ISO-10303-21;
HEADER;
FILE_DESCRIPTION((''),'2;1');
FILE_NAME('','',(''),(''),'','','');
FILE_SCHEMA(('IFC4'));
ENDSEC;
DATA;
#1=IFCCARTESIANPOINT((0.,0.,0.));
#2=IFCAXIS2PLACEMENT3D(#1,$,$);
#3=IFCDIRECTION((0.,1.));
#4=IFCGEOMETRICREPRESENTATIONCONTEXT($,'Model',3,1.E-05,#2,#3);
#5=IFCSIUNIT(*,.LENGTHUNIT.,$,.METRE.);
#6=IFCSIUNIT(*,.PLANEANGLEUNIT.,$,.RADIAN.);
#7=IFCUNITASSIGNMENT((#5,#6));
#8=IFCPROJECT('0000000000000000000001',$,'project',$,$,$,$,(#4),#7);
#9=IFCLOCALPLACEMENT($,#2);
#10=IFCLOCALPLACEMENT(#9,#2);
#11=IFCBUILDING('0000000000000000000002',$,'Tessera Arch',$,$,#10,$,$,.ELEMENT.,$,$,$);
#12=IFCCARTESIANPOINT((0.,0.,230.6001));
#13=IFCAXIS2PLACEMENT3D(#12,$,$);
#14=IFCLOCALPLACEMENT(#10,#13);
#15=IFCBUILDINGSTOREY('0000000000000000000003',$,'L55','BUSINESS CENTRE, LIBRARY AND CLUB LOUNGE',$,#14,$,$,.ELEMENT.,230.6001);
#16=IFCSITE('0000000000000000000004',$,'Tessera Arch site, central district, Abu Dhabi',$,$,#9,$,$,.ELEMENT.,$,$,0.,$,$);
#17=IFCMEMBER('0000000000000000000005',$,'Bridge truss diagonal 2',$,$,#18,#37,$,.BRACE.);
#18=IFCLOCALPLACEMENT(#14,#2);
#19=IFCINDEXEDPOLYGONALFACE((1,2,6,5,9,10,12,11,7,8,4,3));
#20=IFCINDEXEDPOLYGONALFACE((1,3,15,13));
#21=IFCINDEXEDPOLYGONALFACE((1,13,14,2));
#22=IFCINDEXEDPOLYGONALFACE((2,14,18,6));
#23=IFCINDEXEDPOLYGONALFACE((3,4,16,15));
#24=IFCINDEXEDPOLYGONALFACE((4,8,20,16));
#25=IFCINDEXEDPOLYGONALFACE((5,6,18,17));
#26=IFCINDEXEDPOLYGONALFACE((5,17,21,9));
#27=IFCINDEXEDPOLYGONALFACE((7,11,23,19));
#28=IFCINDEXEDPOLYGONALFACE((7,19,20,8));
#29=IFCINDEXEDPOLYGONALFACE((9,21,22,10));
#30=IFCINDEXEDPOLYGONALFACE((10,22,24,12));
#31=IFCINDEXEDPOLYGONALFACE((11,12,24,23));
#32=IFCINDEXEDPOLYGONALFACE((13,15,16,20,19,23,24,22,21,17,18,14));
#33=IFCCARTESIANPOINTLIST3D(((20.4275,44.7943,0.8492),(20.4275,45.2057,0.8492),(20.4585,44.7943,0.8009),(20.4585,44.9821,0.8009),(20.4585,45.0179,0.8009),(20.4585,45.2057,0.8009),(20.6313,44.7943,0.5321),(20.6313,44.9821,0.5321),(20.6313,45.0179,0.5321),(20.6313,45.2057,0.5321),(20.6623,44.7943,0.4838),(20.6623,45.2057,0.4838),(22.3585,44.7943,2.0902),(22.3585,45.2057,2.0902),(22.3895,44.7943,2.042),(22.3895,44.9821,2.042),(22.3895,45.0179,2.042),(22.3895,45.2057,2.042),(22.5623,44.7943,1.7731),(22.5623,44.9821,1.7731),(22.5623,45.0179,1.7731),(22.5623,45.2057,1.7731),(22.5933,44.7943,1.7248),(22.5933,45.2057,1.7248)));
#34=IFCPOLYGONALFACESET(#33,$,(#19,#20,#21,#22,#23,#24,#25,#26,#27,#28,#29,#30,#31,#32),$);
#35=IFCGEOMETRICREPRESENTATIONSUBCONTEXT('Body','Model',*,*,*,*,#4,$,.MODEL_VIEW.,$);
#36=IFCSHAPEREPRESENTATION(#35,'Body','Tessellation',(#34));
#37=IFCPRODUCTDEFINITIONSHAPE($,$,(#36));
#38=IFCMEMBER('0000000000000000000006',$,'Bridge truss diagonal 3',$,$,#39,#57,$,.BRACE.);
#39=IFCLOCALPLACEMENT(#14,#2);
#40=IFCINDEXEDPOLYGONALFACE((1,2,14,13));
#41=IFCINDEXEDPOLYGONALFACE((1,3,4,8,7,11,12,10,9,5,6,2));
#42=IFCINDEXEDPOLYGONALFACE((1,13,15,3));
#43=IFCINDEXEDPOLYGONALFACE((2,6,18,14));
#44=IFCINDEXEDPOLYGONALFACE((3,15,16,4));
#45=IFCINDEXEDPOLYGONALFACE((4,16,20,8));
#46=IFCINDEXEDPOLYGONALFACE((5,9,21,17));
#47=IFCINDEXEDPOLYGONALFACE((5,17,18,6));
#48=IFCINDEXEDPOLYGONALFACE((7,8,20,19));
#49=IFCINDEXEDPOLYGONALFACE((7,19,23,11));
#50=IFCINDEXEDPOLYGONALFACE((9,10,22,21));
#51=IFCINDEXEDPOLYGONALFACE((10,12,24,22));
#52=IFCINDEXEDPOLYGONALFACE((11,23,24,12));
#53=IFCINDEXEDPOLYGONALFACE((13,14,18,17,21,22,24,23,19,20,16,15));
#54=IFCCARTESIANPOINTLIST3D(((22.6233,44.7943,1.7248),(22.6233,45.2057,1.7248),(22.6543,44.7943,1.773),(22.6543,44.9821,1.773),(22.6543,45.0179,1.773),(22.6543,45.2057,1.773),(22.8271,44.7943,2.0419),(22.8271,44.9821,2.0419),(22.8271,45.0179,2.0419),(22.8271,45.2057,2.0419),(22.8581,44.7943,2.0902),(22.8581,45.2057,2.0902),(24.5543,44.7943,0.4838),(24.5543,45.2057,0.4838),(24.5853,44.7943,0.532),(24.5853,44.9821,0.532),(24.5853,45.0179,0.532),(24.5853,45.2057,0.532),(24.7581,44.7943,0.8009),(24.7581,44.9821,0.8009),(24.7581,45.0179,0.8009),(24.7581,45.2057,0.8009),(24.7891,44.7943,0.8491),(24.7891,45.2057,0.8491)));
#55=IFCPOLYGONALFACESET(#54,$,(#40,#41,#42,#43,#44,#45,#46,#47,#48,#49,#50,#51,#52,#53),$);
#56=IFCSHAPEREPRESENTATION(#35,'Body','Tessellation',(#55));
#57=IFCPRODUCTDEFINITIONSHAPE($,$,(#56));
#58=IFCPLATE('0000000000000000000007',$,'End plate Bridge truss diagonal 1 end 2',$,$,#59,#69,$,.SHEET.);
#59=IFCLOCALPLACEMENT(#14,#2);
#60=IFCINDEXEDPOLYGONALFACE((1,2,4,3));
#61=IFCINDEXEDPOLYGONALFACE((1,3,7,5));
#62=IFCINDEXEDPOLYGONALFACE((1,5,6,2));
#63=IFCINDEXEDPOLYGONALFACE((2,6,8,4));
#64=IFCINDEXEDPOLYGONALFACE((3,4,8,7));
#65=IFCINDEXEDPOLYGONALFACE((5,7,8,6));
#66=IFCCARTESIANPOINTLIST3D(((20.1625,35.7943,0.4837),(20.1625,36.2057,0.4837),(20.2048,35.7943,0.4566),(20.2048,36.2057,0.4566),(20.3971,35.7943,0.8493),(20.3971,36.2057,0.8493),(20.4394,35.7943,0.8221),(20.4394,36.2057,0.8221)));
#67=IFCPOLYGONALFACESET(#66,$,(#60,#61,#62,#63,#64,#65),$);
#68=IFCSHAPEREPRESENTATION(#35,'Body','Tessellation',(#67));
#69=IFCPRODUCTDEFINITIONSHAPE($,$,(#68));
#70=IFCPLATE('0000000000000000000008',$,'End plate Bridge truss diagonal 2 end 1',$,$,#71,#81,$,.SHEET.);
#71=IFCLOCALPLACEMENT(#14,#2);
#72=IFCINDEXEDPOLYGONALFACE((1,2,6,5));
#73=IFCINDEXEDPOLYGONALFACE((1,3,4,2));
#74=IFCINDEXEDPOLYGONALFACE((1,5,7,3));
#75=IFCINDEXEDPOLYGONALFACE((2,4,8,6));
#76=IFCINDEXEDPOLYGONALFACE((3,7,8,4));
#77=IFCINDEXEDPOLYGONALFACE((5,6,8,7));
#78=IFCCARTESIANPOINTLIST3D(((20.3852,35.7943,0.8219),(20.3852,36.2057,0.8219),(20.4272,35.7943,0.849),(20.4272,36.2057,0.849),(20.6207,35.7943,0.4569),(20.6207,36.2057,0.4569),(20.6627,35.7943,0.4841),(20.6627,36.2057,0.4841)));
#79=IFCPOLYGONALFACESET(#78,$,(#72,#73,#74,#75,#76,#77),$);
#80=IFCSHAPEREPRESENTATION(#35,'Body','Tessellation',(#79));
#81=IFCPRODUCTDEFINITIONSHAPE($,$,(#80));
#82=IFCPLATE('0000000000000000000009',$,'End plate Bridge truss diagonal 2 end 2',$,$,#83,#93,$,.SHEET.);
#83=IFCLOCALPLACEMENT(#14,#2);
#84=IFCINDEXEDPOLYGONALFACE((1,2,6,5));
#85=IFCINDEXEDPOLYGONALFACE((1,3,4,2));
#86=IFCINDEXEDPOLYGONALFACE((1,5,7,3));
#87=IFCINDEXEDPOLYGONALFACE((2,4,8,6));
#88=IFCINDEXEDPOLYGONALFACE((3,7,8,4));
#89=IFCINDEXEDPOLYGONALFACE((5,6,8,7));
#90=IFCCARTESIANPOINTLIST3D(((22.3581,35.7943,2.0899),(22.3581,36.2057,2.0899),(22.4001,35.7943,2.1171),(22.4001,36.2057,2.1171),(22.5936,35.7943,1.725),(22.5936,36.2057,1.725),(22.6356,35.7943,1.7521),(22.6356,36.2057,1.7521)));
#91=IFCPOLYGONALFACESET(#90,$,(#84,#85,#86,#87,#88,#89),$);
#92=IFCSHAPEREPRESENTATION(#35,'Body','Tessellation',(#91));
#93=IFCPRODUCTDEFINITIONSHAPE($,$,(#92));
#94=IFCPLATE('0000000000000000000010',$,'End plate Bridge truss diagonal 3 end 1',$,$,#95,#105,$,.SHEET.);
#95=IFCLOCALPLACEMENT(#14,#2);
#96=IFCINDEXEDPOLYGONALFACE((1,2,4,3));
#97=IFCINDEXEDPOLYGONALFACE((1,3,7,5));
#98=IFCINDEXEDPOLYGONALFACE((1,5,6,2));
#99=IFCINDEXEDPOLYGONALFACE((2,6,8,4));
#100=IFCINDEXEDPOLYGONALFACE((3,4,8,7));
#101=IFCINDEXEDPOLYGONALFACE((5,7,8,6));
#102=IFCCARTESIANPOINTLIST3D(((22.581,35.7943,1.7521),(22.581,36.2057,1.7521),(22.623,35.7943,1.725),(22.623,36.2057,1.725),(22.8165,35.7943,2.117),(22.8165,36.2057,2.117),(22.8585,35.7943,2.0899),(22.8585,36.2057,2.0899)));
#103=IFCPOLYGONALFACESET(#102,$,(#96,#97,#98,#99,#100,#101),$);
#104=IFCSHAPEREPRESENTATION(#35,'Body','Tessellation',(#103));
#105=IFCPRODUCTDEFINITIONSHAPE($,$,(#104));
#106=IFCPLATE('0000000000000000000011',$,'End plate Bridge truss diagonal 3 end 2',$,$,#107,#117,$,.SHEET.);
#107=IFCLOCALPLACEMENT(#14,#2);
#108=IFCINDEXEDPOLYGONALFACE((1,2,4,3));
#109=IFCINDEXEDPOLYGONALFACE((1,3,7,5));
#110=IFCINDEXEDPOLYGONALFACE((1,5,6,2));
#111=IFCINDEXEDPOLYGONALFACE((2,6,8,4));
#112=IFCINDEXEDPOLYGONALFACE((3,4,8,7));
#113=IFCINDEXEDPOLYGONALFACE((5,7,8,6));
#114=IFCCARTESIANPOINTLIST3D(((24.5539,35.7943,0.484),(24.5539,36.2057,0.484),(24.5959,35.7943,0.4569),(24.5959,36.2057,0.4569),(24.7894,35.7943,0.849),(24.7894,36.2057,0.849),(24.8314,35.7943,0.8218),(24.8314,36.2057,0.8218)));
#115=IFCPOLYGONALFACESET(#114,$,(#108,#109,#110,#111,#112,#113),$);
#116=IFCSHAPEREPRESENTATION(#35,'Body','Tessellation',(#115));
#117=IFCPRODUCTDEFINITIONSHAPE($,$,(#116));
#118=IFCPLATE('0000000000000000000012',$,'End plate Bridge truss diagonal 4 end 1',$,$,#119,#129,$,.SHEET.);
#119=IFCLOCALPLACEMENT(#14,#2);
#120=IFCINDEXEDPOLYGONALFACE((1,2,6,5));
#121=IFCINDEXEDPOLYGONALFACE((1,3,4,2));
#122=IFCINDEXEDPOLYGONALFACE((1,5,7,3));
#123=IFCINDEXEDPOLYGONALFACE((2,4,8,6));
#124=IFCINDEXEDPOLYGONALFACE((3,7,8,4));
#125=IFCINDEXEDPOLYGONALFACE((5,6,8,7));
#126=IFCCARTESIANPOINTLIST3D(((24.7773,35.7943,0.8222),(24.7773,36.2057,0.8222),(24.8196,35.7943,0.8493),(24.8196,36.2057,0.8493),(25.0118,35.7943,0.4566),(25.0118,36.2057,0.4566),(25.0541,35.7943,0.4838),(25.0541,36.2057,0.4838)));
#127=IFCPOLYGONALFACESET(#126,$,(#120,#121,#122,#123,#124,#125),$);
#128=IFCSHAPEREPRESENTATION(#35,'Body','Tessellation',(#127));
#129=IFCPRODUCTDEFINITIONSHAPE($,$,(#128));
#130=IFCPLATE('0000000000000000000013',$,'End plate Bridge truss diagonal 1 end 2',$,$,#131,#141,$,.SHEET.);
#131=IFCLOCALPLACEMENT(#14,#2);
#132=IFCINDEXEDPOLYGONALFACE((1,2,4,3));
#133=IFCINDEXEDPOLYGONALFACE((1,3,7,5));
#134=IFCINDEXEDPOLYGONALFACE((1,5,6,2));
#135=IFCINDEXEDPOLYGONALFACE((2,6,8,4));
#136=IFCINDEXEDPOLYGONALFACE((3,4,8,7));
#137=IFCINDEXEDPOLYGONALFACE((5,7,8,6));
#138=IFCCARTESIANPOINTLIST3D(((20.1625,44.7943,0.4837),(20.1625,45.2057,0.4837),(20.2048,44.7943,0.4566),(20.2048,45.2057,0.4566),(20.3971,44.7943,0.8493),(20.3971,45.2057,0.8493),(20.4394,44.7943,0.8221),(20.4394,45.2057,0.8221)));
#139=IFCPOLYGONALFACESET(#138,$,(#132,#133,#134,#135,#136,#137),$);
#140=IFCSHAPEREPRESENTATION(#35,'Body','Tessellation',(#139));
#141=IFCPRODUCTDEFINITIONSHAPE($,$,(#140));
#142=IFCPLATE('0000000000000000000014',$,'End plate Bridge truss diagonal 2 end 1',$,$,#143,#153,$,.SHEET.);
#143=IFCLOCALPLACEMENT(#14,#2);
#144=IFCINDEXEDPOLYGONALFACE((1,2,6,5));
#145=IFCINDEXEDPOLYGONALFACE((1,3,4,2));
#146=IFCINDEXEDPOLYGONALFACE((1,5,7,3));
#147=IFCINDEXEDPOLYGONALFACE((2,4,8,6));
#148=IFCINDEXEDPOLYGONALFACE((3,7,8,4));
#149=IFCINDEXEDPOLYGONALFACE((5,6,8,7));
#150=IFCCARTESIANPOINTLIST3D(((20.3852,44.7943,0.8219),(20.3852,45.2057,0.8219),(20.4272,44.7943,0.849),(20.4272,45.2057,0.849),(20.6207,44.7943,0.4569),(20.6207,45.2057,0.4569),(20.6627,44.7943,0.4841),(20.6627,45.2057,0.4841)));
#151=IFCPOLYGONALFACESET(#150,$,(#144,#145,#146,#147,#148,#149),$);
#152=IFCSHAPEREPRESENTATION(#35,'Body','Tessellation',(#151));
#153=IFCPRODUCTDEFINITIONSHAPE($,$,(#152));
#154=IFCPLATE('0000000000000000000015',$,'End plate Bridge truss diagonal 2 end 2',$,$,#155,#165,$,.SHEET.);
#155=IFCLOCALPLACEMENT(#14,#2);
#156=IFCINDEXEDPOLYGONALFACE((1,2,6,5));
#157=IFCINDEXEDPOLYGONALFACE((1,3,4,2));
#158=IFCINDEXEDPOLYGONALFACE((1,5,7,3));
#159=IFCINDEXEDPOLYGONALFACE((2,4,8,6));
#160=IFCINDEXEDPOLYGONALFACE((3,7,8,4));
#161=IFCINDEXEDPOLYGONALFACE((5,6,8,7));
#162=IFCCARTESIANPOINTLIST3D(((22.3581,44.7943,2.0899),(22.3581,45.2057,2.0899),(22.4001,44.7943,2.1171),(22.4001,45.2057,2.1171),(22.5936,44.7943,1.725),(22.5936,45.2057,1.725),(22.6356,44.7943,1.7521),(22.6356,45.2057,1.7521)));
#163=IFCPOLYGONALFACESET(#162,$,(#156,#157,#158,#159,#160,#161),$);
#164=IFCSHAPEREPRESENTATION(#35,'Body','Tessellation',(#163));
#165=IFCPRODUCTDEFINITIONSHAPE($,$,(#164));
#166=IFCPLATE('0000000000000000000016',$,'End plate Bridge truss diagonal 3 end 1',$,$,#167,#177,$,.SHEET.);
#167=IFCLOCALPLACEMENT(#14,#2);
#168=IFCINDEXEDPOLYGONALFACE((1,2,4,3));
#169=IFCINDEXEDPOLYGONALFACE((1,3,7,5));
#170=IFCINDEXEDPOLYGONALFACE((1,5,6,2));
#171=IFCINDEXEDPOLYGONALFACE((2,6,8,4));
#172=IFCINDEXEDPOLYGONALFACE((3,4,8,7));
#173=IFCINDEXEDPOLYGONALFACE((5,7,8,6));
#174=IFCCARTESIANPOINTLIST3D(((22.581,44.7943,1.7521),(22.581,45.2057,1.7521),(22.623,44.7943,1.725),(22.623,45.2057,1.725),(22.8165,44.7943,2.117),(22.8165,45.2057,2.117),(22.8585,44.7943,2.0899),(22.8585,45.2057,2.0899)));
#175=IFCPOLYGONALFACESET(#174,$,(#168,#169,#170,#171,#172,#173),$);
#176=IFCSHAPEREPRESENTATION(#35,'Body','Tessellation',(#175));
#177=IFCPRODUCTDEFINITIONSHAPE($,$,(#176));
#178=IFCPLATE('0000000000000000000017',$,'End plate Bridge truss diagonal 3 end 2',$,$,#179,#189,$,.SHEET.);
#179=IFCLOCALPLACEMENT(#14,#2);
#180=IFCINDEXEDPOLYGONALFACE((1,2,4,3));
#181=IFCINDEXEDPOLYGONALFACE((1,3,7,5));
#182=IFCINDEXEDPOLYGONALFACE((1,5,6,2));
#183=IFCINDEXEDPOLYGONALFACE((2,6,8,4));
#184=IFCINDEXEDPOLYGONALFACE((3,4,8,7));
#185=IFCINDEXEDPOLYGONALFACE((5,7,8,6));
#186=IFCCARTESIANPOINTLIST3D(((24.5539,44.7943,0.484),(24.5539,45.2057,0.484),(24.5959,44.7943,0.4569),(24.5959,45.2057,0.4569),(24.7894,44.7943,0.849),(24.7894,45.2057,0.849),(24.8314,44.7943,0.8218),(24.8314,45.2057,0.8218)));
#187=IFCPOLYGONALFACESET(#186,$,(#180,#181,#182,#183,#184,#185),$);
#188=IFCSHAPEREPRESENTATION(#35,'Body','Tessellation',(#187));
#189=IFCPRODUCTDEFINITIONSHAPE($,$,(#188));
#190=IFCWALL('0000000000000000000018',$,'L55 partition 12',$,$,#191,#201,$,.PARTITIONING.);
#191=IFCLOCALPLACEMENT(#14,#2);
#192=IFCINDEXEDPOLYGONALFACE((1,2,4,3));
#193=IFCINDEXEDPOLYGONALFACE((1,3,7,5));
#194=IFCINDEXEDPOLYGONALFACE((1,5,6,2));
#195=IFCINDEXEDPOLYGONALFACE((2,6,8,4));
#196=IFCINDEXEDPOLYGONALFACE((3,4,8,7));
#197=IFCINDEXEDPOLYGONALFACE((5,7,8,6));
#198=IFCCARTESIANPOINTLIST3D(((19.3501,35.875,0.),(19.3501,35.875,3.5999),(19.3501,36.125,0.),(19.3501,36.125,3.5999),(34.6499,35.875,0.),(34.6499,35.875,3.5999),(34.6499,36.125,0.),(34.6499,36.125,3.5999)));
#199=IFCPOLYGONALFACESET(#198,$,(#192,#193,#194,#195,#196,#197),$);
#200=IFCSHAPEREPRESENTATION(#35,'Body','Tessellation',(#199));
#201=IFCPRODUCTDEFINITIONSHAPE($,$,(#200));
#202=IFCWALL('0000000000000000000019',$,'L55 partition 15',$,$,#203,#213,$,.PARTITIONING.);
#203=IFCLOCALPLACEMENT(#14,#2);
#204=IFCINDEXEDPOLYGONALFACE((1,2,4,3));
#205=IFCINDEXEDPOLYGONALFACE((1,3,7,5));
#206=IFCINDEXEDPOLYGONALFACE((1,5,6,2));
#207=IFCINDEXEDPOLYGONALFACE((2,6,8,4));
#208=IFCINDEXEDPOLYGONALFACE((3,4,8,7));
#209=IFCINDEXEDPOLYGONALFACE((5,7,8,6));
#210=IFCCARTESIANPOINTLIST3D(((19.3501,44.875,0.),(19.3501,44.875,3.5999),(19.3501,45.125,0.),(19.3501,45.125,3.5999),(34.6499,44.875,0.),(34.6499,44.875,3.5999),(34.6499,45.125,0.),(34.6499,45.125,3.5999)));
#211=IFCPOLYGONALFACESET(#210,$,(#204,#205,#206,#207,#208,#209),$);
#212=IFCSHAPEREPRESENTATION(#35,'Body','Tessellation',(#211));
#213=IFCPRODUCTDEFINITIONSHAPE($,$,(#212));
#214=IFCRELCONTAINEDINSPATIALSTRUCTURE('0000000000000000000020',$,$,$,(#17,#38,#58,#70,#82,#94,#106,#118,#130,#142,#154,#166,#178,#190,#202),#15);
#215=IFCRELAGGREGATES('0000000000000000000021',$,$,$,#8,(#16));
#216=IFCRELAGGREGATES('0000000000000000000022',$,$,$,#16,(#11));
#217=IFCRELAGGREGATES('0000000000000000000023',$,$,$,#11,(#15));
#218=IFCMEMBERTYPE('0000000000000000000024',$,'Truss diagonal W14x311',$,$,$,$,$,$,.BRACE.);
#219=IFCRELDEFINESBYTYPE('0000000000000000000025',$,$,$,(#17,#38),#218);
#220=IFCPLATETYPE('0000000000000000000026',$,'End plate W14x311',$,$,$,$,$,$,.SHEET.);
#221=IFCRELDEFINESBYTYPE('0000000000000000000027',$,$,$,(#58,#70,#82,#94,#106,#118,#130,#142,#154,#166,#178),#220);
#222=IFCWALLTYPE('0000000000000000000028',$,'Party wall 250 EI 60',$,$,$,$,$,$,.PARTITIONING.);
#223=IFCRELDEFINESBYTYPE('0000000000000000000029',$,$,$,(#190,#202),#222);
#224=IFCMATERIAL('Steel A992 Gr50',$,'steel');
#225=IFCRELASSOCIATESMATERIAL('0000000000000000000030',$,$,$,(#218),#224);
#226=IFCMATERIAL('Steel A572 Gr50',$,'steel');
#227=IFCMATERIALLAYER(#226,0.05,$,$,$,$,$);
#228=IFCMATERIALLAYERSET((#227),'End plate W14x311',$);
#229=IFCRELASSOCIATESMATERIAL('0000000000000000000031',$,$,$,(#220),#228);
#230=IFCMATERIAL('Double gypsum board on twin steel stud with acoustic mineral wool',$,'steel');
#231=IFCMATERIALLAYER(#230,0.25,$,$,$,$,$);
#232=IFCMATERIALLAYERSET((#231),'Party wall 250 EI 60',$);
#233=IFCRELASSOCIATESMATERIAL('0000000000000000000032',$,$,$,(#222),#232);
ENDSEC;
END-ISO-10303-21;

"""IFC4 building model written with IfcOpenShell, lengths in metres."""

from ifc_helpers import new_model, si_unit, direction, frame, frame_2d, origin, origin_2d, place, context, subcontext, project, spatial, rectangle, i_section, extrude, material, layer, layer_set, material_profile, profile_set, type_object, element, save


model = new_model("IFC4")

# Units and contexts
model_context = context("Model", 3, precision=1e-05, world=origin(), true_north=direction((0.0, 1.0)))
body_context = subcontext(model_context, "Body", "Model", "MODEL_VIEW")
ifc_project = project(units=[si_unit("LENGTHUNIT", "METRE"), si_unit("PLANEANGLEUNIT", "RADIAN")], contexts=[model_context])

# Site, building, storey
site_placement = place(None, origin())
site = spatial("IfcSite", under=ifc_project, at=site_placement, Name="Tessera Arch site, central district, Abu Dhabi", CompositionType="ELEMENT", RefElevation=0.0)
building_placement = place(site_placement, origin())
building = spatial("IfcBuilding", under=site, at=building_placement, Name="Tessera Arch", CompositionType="ELEMENT")
storey_placement = place(building_placement, frame((0.0, 0.0, 230.6001)))
storey = spatial("IfcBuildingStorey", under=building, at=storey_placement, Name="L55", Description="BUSINESS CENTRE, LIBRARY AND CLUB LOUNGE", CompositionType="ELEMENT", Elevation=230.6001)

# Members
ifc_material_1 = material(Name="Steel A992 Gr50", Category="steel")
ifc_material_profile_1 = material_profile(ifc_material_1, i_section(OverallWidth=0.4114, OverallDepth=0.4343, WebThickness=0.0359, FlangeThickness=0.0574, at=origin_2d()), Name="W14x311")
ifc_profile_set_1 = profile_set([ifc_material_profile_1], Name="Steel A992 Gr50")
member_type_1 = type_object("IfcMemberType", Name="Truss diagonal W14x311", PredefinedType="BRACE", material=ifc_profile_set_1)
for number, where, z_axis, x_axis, name in (
    (1, (20.5449, 45.0, 0.6665), (0.841244, 0.0, 0.540655), (0.0, 1.0, 0.0), "Bridge truss diagonal 2"),
    (2, (22.7407, 45.0, 1.9075), (0.841244, 0.0, -0.540655), (0.0, 1.0, 0.0), "Bridge truss diagonal 3"),
):
    element("IfcMember", number, at=place(storey_placement, frame(where, z_axis=z_axis, x_axis=x_axis)), inside=storey, type_object=member_type_1, Name=name, PredefinedType="BRACE", context=body_context, shape_type="SweptSolid", body=[
        extrude(i_section(OverallWidth=0.4114, OverallDepth=0.4343, WebThickness=0.0359, FlangeThickness=0.0574, at=origin_2d()), origin(), (0.0, 0.0, 1.0), 2.2954),
    ])

# Plates
ifc_material_2 = material(Name="Steel A572 Gr50", Category="steel")
ifc_layer_1 = layer(ifc_material_2, 0.05)
ifc_layer_set_1 = layer_set([ifc_layer_1], Name="End plate W14x311")
plate_type = type_object("IfcPlateType", Name="End plate W14x311", PredefinedType="SHEET", material=ifc_layer_set_1)
plate_placement = place(storey_placement, frame((20.2798, 36.0, 0.6665), z_axis=(0.841652, 0.0, -0.54002), x_axis=(0.0, 1.0, 0.0)))
element("IfcPlate", 3, at=plate_placement, inside=storey, type_object=plate_type, Name="End plate Bridge truss diagonal 1 end 2", PredefinedType="SHEET", context=body_context, shape_type="SweptSolid", body=[
    extrude(rectangle(XDim=0.4114, YDim=0.4343, at=origin_2d()), origin(), (0.0, 0.0, 1.0), 0.0503),
])
for number, where, z_axis, x_axis, name in (
    (4, (20.5029, 36.0, 0.6394), (0.840225, 0.0, 0.542238), (0.0, 1.0, 0.0), "End plate Bridge truss diagonal 2 end 1"),
    (5, (22.4758, 36.0, 1.9075), (0.840225, 0.0, 0.542238), (0.0, 1.0, 0.0), "End plate Bridge truss diagonal 2 end 2"),
    (6, (22.6987, 36.0, 1.9346), (0.840225, 0.0, -0.542238), (0.0, 1.0, 0.0), "End plate Bridge truss diagonal 3 end 1"),
    (7, (24.6716, 36.0, 0.6665), (0.840225, 0.0, -0.542238), (0.0, 1.0, 0.0), "End plate Bridge truss diagonal 3 end 2"),
):
    element("IfcPlate", number, at=place(storey_placement, frame(where, z_axis=z_axis, x_axis=x_axis)), inside=storey, type_object=plate_type, Name=name, PredefinedType="SHEET", context=body_context, shape_type="SweptSolid", body=[
        extrude(rectangle(XDim=0.4114, YDim=0.4343, at=origin_2d()), origin(), (0.0, 0.0, 1.0), 0.05),
    ])
for number, where, z_axis, x_axis, name in (
    (8, (24.8945, 36.0, 0.6394), (0.841652, 0.0, 0.54002), (0.0, 1.0, 0.0), "End plate Bridge truss diagonal 4 end 1"),
    (9, (20.2798, 45.0, 0.6665), (0.841652, 0.0, -0.54002), (0.0, 1.0, 0.0), "End plate Bridge truss diagonal 1 end 2"),
):
    element("IfcPlate", number, at=place(storey_placement, frame(where, z_axis=z_axis, x_axis=x_axis)), inside=storey, type_object=plate_type, Name=name, PredefinedType="SHEET", context=body_context, shape_type="SweptSolid", body=[
        extrude(rectangle(XDim=0.4114, YDim=0.4343, at=origin_2d()), origin(), (0.0, 0.0, 1.0), 0.0503),
    ])
for number, where, z_axis, x_axis, name in (
    (10, (20.5029, 45.0, 0.6394), (0.840225, 0.0, 0.542238), (0.0, 1.0, 0.0), "End plate Bridge truss diagonal 2 end 1"),
    (11, (22.4758, 45.0, 1.9075), (0.840225, 0.0, 0.542238), (0.0, 1.0, 0.0), "End plate Bridge truss diagonal 2 end 2"),
    (12, (22.6987, 45.0, 1.9346), (0.840225, 0.0, -0.542238), (0.0, 1.0, 0.0), "End plate Bridge truss diagonal 3 end 1"),
    (13, (24.6716, 45.0, 0.6665), (0.840225, 0.0, -0.542238), (0.0, 1.0, 0.0), "End plate Bridge truss diagonal 3 end 2"),
):
    element("IfcPlate", number, at=place(storey_placement, frame(where, z_axis=z_axis, x_axis=x_axis)), inside=storey, type_object=plate_type, Name=name, PredefinedType="SHEET", context=body_context, shape_type="SweptSolid", body=[
        extrude(rectangle(XDim=0.4114, YDim=0.4343, at=origin_2d()), origin(), (0.0, 0.0, 1.0), 0.05),
    ])

# Walls
ifc_material_3 = material(Name="Double gypsum board on twin steel stud with acoustic mineral wool", Category="steel")
ifc_layer_2 = layer(ifc_material_3, 0.25)
ifc_layer_set_2 = layer_set([ifc_layer_2], Name="Party wall 250 EI 60")
wall_type = type_object("IfcWallType", Name="Party wall 250 EI 60", PredefinedType="PARTITIONING", material=ifc_layer_set_2)
for number, where, z_axis, x_axis, name in (
    (14, (19.3501, 36.0, 0.0), (0.0, 0.0, 1.0), (1.0, 0.0, 0.0), "L55 partition 12"),
    (15, (19.3501, 45.0, 0.0), (0.0, 0.0, 1.0), (1.0, 0.0, 0.0), "L55 partition 15"),
):
    element("IfcWall", number, at=place(storey_placement, frame(where, z_axis=z_axis, x_axis=x_axis)), inside=storey, type_object=wall_type, Name=name, PredefinedType="PARTITIONING", context=body_context, shape_type="SweptSolid", body=[
        extrude(rectangle(XDim=15.2998, YDim=0.25, at=frame_2d((7.6499, 0.0))), origin(), (0.0, 0.0, 1.0), 3.5999),
    ])

save(model, "model.ifc")
